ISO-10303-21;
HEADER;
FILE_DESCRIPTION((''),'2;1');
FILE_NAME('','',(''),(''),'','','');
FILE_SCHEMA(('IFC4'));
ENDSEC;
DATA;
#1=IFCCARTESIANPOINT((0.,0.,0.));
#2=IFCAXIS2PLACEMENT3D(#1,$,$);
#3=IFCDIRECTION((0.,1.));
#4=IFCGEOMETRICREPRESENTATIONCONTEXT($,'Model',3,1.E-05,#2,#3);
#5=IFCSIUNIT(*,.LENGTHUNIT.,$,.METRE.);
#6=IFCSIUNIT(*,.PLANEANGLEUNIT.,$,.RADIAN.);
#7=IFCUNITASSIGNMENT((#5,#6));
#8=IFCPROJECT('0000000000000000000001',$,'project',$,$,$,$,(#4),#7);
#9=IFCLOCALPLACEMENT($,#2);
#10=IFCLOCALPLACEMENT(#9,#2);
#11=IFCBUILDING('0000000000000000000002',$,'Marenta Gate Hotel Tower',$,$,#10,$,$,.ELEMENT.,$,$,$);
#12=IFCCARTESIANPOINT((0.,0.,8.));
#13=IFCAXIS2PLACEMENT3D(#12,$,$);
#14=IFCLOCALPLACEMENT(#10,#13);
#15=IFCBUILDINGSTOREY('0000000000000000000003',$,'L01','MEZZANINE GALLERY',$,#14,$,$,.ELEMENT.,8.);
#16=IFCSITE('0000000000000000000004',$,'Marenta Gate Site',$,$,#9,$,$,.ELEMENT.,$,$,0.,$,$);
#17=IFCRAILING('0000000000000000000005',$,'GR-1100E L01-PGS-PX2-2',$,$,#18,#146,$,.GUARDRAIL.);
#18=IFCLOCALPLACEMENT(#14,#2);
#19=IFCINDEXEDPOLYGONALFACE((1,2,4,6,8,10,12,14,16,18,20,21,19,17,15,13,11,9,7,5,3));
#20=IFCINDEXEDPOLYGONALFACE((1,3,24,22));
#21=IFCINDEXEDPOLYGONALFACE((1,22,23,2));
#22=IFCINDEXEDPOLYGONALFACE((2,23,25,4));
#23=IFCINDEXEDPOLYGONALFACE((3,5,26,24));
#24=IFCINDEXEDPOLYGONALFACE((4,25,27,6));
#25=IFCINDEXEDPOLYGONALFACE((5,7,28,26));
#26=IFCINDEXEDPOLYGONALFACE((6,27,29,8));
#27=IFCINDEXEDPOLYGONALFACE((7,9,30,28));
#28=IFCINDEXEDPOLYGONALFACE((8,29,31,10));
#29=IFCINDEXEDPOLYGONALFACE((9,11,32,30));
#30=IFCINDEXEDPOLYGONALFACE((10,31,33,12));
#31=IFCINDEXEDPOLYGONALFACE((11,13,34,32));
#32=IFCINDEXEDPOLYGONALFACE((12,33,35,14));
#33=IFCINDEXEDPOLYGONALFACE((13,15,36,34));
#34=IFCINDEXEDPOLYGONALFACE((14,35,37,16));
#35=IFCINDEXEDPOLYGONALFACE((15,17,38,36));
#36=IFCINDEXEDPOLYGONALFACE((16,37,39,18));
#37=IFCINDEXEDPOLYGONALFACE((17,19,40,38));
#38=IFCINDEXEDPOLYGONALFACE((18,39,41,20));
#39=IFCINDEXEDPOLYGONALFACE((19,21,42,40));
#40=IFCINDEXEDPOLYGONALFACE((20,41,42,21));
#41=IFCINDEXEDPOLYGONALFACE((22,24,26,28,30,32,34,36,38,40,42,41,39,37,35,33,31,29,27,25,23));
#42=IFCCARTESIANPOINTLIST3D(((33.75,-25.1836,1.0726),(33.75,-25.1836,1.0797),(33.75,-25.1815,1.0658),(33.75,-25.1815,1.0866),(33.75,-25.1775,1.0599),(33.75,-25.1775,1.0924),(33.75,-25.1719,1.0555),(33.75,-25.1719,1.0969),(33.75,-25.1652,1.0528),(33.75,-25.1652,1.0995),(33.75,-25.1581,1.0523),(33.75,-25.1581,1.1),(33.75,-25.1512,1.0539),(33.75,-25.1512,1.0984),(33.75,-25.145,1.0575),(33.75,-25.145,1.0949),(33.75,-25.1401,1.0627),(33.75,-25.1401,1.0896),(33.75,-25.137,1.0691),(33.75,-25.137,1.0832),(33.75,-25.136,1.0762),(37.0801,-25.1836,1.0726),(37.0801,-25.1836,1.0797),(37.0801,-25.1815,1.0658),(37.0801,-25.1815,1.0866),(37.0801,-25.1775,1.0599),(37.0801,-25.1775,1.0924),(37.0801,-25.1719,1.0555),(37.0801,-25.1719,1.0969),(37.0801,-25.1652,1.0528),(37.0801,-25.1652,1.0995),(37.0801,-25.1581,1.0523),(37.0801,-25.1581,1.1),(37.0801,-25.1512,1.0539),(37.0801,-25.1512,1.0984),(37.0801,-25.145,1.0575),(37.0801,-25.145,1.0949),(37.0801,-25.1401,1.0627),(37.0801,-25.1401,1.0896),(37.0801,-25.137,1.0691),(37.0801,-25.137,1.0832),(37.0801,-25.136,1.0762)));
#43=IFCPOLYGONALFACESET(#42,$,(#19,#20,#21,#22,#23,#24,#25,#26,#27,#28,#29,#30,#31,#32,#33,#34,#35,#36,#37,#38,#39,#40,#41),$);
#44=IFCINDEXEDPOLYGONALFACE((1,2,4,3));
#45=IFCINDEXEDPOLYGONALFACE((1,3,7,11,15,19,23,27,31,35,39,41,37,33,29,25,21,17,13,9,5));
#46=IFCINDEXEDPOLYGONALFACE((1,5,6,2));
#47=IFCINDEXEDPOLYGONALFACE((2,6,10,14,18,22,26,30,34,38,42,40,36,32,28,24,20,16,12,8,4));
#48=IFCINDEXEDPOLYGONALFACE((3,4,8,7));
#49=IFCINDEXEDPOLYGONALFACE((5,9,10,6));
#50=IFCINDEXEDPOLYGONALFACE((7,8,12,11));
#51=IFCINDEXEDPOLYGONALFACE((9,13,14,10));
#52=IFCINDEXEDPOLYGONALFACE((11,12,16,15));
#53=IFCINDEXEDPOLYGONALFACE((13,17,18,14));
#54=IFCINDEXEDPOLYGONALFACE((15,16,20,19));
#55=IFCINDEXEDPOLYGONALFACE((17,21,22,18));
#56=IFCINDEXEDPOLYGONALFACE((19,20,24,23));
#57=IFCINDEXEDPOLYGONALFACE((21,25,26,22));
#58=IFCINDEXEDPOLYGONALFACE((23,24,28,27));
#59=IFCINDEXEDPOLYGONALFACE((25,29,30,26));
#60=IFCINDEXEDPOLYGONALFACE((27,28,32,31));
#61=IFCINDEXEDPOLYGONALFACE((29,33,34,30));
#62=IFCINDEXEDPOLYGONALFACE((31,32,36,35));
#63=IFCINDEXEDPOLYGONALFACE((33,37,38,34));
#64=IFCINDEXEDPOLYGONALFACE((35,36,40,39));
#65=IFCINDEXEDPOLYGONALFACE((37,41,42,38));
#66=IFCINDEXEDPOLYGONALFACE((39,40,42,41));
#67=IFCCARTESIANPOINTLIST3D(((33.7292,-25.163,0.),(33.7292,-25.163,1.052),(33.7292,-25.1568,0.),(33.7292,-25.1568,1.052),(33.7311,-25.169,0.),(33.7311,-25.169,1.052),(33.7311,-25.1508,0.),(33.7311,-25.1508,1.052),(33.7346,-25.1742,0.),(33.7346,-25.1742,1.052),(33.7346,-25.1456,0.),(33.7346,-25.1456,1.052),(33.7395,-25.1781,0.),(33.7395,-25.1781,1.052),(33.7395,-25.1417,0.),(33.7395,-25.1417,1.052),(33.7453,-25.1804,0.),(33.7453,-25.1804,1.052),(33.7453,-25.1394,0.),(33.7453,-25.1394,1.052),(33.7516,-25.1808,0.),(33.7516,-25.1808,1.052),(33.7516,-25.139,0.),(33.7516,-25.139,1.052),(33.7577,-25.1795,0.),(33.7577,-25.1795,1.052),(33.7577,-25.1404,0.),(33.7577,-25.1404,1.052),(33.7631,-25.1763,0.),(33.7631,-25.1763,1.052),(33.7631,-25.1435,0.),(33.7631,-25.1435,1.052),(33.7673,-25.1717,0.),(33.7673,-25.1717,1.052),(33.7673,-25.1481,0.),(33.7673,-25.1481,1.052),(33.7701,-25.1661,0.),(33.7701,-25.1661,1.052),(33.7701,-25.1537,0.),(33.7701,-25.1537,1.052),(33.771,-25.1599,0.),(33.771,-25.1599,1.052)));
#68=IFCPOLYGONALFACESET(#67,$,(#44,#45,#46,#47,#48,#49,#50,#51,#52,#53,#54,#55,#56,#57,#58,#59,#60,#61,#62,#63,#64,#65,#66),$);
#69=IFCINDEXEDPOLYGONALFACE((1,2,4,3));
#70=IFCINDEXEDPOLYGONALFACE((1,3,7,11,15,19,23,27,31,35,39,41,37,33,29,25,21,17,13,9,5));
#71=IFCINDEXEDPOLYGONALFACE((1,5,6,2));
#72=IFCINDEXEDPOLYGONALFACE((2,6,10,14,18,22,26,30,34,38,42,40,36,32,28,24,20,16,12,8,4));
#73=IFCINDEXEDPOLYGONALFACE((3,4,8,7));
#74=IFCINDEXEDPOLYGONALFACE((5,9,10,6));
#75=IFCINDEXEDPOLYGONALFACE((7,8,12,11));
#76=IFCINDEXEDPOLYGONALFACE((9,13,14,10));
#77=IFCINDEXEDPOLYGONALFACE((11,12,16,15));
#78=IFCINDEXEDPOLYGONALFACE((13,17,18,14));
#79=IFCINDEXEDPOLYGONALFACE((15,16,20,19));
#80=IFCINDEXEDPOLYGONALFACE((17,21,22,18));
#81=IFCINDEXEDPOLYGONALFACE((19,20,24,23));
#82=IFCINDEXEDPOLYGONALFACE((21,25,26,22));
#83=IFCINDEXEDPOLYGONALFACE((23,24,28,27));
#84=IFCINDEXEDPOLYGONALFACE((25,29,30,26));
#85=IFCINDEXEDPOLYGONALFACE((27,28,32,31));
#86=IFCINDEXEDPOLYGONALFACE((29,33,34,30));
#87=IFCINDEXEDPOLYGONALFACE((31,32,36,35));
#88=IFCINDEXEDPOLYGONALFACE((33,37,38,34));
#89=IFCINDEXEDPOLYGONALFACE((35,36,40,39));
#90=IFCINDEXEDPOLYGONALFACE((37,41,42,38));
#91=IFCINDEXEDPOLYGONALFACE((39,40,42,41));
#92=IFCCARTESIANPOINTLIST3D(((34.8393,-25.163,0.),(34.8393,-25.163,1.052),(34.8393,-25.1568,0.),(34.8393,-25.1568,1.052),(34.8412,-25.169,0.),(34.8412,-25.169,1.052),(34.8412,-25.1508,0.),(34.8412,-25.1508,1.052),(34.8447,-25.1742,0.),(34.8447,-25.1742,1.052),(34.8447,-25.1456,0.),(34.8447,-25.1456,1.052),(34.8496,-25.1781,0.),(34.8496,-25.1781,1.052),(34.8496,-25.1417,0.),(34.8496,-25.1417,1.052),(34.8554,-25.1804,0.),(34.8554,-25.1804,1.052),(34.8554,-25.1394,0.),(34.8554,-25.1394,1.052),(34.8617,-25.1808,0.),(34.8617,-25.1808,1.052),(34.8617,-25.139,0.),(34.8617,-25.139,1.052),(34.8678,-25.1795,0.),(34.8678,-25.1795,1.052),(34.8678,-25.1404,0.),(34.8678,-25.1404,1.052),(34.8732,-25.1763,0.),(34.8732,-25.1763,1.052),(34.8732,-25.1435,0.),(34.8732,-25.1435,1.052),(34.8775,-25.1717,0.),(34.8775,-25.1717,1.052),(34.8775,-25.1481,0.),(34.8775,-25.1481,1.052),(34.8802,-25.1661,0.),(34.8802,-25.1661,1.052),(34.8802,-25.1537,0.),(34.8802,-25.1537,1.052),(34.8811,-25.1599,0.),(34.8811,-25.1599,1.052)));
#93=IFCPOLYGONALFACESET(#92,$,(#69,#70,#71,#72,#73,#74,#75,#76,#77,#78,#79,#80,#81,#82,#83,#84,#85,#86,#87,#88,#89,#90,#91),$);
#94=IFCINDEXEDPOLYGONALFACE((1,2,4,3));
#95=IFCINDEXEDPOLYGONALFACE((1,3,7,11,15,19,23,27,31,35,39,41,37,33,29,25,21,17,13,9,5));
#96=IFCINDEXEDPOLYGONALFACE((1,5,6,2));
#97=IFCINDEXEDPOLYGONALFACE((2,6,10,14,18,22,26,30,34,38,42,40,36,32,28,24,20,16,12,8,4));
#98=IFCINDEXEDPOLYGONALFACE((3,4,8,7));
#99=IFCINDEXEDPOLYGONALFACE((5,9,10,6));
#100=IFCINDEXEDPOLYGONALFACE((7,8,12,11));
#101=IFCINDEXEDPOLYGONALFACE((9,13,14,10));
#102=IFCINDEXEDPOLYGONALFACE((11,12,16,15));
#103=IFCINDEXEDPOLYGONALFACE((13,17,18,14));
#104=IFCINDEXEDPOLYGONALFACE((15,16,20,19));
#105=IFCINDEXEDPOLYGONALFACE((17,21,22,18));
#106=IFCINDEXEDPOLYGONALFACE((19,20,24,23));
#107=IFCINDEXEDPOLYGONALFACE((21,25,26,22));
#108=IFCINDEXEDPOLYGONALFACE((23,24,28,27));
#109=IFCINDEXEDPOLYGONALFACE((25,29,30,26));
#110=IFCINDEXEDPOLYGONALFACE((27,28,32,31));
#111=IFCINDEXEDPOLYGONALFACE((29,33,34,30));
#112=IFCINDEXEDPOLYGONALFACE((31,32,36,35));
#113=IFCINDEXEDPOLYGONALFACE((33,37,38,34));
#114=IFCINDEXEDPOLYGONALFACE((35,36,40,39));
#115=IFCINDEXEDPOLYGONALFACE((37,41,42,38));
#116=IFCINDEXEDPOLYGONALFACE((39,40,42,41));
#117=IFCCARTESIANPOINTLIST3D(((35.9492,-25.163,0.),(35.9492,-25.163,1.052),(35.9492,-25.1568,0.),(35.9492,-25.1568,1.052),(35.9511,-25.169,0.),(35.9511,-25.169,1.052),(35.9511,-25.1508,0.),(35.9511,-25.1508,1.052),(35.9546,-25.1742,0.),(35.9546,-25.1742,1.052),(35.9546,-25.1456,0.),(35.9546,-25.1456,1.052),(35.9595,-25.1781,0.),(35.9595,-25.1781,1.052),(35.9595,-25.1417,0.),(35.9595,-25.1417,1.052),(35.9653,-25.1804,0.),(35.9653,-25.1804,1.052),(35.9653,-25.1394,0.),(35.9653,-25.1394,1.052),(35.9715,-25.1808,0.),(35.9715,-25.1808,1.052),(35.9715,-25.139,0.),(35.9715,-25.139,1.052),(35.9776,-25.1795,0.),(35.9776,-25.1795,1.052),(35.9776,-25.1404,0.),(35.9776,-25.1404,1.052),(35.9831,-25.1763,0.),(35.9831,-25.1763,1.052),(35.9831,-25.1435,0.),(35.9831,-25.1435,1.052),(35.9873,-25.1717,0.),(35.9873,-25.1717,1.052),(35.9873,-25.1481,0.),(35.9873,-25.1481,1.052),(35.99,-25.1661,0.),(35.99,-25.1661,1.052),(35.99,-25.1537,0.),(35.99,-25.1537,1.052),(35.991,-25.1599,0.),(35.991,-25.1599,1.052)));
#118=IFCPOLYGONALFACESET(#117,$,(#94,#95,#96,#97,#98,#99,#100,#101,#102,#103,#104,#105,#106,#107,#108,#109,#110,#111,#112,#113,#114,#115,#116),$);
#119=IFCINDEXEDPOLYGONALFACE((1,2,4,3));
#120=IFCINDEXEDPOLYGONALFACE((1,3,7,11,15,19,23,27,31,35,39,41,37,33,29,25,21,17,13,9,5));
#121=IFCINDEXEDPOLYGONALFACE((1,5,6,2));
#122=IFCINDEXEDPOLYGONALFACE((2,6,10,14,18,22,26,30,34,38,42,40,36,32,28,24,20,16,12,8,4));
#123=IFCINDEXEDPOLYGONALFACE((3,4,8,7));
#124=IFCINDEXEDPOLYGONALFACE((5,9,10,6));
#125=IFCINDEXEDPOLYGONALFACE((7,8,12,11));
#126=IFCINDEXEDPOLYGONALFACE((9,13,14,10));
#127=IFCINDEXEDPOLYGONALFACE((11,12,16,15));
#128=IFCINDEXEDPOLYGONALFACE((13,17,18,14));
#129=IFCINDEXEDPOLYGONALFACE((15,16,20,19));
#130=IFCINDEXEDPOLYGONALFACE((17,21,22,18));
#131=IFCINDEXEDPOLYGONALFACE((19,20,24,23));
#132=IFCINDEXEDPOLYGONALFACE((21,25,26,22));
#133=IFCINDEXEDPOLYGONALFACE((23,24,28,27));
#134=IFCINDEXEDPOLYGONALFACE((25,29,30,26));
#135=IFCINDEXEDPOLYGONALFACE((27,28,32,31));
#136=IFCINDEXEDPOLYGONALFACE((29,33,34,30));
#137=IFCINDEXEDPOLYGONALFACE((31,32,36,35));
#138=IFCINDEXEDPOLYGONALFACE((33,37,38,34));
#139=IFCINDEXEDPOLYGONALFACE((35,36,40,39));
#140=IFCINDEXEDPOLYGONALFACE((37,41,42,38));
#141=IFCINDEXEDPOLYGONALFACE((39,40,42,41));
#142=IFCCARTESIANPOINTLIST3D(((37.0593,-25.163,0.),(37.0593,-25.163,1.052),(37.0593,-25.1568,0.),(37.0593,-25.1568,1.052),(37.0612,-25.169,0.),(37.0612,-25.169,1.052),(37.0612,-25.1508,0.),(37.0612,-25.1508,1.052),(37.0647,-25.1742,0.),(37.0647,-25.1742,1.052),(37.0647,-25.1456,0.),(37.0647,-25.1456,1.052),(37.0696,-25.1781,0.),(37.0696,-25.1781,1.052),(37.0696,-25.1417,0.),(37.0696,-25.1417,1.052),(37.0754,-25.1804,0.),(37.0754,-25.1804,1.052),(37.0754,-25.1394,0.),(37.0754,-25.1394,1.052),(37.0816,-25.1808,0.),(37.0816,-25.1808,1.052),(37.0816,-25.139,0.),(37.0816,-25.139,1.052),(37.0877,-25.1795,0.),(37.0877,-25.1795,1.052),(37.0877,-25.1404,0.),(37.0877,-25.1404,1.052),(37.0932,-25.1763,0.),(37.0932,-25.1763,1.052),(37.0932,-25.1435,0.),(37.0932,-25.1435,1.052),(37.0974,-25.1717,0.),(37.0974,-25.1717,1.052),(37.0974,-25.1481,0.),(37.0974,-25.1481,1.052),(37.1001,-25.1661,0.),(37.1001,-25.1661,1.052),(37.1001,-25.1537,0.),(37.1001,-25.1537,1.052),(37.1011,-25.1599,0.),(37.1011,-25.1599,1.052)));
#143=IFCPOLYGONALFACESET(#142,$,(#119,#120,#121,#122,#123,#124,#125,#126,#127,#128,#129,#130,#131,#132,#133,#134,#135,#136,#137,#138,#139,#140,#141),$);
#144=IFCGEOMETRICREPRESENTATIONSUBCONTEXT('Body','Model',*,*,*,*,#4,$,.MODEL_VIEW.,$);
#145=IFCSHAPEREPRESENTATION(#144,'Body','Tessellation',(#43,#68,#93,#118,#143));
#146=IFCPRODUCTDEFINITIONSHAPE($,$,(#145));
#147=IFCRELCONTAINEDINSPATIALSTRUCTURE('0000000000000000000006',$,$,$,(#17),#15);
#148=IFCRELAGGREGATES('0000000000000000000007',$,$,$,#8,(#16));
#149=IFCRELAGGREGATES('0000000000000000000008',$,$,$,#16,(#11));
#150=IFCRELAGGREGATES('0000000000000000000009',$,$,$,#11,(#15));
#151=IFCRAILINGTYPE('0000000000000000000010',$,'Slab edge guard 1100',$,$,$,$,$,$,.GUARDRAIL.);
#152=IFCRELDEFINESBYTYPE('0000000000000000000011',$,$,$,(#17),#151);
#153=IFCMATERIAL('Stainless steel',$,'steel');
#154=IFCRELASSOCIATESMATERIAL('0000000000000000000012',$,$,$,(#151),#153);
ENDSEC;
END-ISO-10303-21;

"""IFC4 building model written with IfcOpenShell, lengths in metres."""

from ifc_helpers import new_model, si_unit, direction, frame, origin, origin_2d, place, context, subcontext, project, spatial, circle, extrude, material, type_object, element, save


model = new_model("IFC4")

# Units and contexts
model_context = context("Model", 3, precision=1e-05, world=origin(), true_north=direction((0.0, 1.0)))
body_context = subcontext(model_context, "Body", "Model", "MODEL_VIEW")
ifc_project = project(units=[si_unit("LENGTHUNIT", "METRE"), si_unit("PLANEANGLEUNIT", "RADIAN")], contexts=[model_context])

# Site, building, storey
site_placement = place(None, origin())
site = spatial("IfcSite", under=ifc_project, at=site_placement, Name="Marenta Gate Site", CompositionType="ELEMENT", RefElevation=0.0)
building_placement = place(site_placement, origin())
building = spatial("IfcBuilding", under=site, at=building_placement, Name="Marenta Gate Hotel Tower", CompositionType="ELEMENT")
storey_placement = place(building_placement, frame((0.0, 0.0, 8.0)))
storey = spatial("IfcBuildingStorey", under=building, at=storey_placement, Name="L01", Description="MEZZANINE GALLERY", CompositionType="ELEMENT", Elevation=8.0)

# Railing
ifc_material_1 = material(Name="Stainless steel", Category="steel")
railing_type_1 = type_object("IfcRailingType", Name="Slab edge guard 1100", PredefinedType="GUARDRAIL", material=ifc_material_1)
railing_1_placement = place(storey_placement, frame((33.75, -25.1599, 0.0)))
element("IfcRailing", 1, at=railing_1_placement, inside=storey, type_object=railing_type_1, Name="GR-1100E L01-PGS-PX2-2", PredefinedType="GUARDRAIL", context=body_context, shape_type="SweptSolid", body=[
    extrude(circle(Radius=0.0239, at=origin_2d()), frame((0.0, 0.0, 1.0762), z_axis=(1.0, 0.0, 0.0), x_axis=(0.0, 1.0, 0.0)), (0.0, 0.0, 1.0), 3.3301),
    extrude(circle(Radius=0.021, at=origin_2d()), origin(), (0.0, 0.0, 1.0), 1.052),
    extrude(circle(Radius=0.021, at=origin_2d()), frame((1.1101, 0.0, 0.0)), (0.0, 0.0, 1.0), 1.052),
    extrude(circle(Radius=0.021, at=origin_2d()), frame((2.22, 0.0, 0.0)), (0.0, 0.0, 1.0), 1.052),
    extrude(circle(Radius=0.021, at=origin_2d()), frame((3.3301, 0.0, 0.0)), (0.0, 0.0, 1.0), 1.052),
])

save(model, "model.ifc")
